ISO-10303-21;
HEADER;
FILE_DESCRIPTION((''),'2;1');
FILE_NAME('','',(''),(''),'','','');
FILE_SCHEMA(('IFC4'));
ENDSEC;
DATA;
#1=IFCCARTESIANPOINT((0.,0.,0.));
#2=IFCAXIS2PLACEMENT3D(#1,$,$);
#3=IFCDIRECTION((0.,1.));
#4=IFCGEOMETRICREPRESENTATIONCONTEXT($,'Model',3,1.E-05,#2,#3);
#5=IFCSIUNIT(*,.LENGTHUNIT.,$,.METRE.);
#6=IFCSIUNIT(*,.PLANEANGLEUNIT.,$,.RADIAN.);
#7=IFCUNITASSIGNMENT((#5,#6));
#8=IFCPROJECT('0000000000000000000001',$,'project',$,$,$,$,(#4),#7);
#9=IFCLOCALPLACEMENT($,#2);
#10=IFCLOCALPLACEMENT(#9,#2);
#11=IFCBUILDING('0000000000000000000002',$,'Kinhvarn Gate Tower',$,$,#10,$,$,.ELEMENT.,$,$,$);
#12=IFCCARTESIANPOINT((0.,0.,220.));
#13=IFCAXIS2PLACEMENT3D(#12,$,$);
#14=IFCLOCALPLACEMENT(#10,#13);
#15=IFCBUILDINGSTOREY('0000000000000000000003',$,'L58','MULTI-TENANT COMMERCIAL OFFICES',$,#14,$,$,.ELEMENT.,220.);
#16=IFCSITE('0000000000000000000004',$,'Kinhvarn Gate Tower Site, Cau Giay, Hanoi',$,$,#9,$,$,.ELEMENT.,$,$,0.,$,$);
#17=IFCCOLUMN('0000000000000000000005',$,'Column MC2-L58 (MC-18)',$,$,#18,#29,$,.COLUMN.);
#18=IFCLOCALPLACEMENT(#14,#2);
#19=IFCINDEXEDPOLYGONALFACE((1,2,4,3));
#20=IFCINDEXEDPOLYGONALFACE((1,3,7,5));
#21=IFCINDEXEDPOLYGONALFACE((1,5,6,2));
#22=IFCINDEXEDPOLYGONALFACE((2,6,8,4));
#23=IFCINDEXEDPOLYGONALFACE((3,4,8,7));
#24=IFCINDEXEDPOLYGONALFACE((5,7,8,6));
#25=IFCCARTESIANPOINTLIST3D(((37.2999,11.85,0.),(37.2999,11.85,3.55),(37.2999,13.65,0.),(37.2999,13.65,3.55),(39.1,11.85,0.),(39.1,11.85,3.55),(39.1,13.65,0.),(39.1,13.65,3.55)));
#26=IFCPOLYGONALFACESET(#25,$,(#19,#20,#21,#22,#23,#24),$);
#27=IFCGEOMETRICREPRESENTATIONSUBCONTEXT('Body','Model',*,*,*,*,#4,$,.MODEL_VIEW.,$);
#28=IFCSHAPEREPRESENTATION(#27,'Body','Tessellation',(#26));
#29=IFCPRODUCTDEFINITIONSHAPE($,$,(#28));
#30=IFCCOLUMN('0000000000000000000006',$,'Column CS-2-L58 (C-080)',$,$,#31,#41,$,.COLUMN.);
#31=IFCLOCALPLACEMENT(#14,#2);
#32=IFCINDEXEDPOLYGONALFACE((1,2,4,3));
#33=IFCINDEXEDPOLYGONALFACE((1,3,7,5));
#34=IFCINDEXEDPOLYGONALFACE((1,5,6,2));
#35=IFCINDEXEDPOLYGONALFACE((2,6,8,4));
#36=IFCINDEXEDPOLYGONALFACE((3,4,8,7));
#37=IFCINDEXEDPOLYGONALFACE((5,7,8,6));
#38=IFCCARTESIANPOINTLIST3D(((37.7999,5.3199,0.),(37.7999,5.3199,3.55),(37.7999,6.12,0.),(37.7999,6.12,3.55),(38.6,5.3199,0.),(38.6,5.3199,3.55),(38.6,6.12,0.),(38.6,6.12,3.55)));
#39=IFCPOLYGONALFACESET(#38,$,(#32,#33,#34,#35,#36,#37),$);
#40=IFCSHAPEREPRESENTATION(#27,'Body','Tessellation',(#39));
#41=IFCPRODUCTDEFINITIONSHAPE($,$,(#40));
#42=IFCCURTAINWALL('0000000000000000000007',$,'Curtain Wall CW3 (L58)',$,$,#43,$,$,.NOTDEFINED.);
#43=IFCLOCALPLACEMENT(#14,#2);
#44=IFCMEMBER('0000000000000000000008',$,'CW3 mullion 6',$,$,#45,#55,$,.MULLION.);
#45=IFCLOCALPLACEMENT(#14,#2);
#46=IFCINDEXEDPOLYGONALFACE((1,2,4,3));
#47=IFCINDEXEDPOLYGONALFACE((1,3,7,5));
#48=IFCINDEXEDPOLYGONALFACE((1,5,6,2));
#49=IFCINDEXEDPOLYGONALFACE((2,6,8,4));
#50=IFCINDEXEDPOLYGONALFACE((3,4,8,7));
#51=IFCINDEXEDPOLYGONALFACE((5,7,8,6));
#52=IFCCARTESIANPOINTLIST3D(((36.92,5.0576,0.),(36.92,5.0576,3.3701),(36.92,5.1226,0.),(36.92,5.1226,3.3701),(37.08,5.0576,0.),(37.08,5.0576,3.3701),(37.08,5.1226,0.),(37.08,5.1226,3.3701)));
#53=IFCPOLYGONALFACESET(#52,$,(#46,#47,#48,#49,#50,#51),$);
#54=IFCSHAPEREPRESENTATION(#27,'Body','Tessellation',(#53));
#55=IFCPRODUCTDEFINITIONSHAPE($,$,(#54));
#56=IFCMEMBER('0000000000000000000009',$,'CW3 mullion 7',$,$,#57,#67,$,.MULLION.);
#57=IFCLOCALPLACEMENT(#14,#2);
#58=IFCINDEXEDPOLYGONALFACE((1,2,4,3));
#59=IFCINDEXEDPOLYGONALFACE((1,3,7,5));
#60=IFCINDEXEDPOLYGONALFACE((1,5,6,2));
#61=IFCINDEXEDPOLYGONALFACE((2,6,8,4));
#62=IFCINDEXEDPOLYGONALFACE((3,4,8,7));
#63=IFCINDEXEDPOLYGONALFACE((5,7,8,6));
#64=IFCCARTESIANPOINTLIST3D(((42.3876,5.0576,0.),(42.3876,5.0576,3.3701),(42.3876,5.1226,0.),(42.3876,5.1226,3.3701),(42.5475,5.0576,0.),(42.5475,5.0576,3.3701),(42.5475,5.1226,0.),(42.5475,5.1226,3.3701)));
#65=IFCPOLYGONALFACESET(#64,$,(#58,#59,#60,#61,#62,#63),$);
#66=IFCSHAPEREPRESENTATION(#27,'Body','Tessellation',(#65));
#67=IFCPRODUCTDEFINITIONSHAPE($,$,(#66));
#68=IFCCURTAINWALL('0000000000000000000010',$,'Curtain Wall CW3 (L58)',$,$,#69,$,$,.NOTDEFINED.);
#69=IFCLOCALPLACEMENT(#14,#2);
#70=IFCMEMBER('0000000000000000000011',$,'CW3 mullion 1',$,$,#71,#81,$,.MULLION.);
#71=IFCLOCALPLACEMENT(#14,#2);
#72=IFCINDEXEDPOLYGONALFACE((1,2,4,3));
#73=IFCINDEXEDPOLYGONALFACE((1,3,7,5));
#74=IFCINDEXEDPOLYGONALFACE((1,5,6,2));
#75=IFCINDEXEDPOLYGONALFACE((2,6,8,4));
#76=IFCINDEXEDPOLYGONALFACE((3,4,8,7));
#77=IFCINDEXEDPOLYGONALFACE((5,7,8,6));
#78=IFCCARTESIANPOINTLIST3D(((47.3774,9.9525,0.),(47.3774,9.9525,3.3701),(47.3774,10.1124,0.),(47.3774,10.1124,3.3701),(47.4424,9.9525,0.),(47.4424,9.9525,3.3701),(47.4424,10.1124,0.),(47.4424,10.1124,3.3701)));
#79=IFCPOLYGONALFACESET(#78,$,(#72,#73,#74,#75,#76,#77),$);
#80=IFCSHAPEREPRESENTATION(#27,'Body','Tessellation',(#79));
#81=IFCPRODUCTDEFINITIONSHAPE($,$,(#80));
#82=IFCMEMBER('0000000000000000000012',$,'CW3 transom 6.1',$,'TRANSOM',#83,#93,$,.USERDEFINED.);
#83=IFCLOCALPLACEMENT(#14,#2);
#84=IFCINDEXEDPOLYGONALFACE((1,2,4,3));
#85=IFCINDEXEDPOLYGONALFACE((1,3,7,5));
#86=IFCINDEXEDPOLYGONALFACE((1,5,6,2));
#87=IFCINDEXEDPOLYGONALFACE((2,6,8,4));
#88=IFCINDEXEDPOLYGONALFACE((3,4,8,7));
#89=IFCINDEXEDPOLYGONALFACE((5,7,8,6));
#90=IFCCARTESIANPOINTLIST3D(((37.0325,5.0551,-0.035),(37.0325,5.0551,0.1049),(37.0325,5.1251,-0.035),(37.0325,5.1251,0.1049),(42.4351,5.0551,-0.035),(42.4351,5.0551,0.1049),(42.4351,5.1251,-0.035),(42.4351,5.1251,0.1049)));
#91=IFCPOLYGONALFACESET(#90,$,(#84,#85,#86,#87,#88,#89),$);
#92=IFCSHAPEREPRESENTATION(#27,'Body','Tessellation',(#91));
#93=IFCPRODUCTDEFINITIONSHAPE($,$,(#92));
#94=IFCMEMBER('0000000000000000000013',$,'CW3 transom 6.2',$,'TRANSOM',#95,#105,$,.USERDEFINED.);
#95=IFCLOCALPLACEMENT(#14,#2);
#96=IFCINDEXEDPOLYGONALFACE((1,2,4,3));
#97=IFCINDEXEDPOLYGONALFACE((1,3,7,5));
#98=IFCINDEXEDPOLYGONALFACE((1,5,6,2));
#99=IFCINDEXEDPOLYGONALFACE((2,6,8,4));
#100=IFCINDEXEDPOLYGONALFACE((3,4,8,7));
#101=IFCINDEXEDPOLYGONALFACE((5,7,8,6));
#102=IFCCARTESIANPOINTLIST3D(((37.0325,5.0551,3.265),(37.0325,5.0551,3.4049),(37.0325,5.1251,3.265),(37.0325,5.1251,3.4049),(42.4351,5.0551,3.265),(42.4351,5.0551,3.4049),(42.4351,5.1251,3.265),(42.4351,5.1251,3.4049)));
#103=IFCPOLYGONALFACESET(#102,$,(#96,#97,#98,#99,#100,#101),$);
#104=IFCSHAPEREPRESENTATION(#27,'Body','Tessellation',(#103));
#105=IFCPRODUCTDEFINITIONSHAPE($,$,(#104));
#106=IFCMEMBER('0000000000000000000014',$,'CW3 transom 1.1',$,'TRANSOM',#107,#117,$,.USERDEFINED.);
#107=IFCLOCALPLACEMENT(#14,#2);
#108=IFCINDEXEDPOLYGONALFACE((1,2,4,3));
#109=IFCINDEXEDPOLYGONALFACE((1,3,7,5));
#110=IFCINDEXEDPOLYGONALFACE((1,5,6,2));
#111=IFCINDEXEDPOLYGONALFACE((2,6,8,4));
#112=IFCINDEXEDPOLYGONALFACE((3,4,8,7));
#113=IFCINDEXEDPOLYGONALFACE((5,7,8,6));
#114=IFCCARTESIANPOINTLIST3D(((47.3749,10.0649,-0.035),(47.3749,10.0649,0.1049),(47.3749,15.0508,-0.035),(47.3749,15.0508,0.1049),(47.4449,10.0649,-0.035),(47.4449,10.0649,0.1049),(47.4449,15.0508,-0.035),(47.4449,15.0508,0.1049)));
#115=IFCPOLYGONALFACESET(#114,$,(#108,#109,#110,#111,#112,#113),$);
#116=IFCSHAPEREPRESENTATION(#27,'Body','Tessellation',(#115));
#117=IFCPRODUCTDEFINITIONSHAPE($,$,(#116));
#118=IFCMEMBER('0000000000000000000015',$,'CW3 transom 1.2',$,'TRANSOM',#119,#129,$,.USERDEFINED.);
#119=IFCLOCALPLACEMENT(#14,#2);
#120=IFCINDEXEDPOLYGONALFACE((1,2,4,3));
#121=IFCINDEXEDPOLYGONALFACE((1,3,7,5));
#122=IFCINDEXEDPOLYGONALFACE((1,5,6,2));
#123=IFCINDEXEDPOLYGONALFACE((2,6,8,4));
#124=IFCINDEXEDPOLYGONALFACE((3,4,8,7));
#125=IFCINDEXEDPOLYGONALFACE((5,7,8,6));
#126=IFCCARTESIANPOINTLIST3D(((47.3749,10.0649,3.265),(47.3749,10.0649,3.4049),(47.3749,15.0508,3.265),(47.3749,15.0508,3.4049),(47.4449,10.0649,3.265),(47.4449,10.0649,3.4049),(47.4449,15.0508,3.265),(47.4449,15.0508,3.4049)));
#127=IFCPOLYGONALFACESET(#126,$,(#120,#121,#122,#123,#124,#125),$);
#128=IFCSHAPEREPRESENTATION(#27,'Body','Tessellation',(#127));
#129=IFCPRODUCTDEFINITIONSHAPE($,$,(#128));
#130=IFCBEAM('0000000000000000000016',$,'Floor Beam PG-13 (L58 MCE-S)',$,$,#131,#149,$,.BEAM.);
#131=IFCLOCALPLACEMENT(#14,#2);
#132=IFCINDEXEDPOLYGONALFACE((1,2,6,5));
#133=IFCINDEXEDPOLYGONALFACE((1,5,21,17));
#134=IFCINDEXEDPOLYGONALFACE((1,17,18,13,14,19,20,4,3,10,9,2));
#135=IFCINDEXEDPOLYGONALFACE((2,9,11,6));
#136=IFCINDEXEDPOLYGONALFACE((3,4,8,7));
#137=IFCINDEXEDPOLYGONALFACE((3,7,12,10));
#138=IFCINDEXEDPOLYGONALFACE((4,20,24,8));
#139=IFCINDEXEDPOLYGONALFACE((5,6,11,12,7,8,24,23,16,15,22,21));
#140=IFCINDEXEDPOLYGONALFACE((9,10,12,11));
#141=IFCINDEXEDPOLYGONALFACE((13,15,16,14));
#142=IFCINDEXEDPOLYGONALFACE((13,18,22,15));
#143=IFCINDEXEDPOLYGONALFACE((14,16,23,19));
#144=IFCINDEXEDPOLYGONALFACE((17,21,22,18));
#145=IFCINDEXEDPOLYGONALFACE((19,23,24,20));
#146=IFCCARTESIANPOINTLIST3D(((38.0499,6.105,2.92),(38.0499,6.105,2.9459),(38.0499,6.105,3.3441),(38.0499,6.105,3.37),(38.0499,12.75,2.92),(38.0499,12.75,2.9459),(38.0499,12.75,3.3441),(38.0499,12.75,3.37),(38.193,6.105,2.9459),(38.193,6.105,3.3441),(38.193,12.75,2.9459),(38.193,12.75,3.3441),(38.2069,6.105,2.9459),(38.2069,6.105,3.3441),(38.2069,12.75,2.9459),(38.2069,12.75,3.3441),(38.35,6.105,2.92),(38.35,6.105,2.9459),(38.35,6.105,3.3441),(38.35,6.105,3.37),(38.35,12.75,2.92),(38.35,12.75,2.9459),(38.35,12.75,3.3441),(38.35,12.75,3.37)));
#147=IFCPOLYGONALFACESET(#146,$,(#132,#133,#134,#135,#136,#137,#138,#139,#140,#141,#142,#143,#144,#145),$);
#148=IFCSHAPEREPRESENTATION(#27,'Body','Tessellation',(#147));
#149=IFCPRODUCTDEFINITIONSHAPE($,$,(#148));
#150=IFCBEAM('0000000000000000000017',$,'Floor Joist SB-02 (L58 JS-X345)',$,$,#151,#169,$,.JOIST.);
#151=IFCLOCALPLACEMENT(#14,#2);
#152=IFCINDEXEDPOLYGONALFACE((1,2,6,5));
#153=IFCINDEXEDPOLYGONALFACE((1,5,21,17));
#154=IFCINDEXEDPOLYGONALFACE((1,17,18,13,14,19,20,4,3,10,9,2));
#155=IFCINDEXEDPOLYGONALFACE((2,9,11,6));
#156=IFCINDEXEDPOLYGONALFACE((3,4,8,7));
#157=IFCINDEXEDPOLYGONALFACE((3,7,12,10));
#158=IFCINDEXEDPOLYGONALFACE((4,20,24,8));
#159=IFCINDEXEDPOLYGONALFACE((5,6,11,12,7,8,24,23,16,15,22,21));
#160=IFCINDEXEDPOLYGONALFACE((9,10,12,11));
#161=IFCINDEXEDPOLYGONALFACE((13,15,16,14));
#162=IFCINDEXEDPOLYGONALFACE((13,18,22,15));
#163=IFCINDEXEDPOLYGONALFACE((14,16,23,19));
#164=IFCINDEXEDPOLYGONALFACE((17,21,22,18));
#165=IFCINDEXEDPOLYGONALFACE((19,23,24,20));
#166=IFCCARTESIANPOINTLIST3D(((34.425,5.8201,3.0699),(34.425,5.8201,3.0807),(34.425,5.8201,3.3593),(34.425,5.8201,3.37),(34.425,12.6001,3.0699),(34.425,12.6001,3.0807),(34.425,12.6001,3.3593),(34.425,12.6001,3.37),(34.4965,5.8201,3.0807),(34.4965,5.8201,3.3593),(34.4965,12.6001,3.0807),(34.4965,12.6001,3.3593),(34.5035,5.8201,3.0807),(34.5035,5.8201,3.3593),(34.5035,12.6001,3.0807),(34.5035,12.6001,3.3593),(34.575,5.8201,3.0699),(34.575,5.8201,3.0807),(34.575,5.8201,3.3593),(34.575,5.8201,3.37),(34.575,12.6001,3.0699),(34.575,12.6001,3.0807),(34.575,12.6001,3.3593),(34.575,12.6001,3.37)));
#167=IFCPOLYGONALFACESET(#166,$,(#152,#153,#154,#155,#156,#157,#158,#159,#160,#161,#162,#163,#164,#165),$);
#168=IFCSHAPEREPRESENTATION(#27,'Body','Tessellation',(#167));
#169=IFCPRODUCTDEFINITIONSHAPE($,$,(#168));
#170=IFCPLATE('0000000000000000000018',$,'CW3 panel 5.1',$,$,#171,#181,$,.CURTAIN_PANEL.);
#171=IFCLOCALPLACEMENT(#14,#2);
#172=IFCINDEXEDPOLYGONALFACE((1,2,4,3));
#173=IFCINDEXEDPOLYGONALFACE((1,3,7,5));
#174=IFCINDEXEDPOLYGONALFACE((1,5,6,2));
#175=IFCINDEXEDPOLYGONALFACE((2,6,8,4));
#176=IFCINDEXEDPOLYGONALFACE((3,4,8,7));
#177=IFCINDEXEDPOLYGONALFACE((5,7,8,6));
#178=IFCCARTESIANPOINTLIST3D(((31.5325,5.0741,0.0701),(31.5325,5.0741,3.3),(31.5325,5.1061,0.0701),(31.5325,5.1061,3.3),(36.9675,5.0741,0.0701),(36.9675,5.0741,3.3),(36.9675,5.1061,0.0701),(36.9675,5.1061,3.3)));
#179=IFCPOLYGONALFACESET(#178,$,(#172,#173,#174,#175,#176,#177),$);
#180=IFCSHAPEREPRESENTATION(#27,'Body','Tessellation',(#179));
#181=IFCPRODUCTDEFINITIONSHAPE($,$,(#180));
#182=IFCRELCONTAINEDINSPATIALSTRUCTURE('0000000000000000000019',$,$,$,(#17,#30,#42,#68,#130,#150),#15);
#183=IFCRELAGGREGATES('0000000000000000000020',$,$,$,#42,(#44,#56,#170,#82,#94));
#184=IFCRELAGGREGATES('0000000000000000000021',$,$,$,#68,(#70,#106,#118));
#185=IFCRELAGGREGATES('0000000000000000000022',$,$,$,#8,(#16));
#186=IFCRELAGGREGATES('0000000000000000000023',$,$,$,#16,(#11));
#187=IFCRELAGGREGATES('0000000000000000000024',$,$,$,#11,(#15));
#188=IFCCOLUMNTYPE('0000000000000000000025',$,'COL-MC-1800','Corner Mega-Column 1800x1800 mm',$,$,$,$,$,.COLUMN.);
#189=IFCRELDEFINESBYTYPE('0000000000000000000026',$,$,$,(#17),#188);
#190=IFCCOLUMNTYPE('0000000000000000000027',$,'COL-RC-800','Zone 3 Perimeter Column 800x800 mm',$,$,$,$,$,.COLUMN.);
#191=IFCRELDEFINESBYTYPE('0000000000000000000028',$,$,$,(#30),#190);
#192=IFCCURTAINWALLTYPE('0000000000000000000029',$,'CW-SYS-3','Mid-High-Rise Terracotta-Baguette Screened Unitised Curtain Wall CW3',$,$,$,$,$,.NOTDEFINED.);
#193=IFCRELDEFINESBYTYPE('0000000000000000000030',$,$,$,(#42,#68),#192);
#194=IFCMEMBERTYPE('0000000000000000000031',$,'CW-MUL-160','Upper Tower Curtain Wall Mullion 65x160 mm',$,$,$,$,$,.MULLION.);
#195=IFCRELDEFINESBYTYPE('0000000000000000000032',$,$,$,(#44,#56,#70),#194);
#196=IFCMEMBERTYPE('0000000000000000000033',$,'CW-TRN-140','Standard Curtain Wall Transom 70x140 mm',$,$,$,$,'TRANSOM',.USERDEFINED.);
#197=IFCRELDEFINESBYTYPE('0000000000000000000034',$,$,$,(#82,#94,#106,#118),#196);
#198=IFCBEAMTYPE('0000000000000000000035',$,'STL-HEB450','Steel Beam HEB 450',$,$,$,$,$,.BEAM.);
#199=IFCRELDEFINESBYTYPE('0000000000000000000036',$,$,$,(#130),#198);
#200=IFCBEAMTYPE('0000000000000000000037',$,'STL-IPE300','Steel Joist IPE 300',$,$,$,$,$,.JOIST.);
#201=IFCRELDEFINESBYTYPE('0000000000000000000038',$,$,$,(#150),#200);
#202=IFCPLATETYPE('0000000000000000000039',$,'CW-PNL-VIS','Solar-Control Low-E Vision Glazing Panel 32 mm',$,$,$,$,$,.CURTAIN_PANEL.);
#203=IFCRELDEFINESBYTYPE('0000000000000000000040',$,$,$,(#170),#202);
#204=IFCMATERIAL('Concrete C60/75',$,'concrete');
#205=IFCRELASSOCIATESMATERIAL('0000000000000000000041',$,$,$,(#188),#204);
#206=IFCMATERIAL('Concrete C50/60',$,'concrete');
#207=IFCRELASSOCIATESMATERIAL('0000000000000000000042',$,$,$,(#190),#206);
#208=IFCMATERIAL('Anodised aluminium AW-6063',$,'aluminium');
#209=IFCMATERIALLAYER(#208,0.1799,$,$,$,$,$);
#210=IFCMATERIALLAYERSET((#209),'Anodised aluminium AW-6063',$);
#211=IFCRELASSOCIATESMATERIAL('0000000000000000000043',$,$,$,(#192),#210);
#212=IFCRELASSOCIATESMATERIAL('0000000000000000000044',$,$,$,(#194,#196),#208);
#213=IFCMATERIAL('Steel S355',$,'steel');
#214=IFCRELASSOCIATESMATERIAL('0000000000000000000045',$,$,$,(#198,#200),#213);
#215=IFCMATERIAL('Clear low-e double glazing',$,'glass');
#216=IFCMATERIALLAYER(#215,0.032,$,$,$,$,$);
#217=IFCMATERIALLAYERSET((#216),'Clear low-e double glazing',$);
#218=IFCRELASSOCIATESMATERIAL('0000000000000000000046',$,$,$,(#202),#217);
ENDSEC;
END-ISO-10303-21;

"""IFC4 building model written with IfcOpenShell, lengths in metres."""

from ifc_helpers import new_model, si_unit, direction, frame, origin, origin_2d, place, context, subcontext, project, spatial, rectangle, i_section, extrude, material, layer, layer_set, material_profile, profile_set, type_object, element, aggregate, save


model = new_model("IFC4")

# Units and contexts
model_context = context("Model", 3, precision=1e-05, world=origin(), true_north=direction((0.0, 1.0)))
body_context = subcontext(model_context, "Body", "Model", "MODEL_VIEW")
ifc_project = project(units=[si_unit("LENGTHUNIT", "METRE"), si_unit("PLANEANGLEUNIT", "RADIAN")], contexts=[model_context])

# Site, building, storey
site_placement = place(None, origin())
site = spatial("IfcSite", under=ifc_project, at=site_placement, Name="Kinhvarn Gate Tower Site, Cau Giay, Hanoi", CompositionType="ELEMENT", RefElevation=0.0)
building_placement = place(site_placement, origin())
building = spatial("IfcBuilding", under=site, at=building_placement, Name="Kinhvarn Gate Tower", CompositionType="ELEMENT")
storey_placement = place(building_placement, frame((0.0, 0.0, 220.0)))
storey = spatial("IfcBuildingStorey", under=building, at=storey_placement, Name="L58", Description="MULTI-TENANT COMMERCIAL OFFICES", CompositionType="ELEMENT", Elevation=220.0)

# Columns
ifc_material_1 = material(Name="Concrete C60/75", Category="concrete")
ifc_material_profile_1 = material_profile(ifc_material_1, rectangle(XDim=1.8, YDim=1.8, at=origin_2d()), Name="RC 1800x1800")
ifc_profile_set_1 = profile_set([ifc_material_profile_1], Name="Concrete C60/75")
column_type_1 = type_object("IfcColumnType", Name="COL-MC-1800", Description="Corner Mega-Column 1800x1800 mm", PredefinedType="COLUMN", material=ifc_profile_set_1)
column_1_placement = place(storey_placement, frame((38.2, 12.75, 0.0), z_axis=(0.0, 0.0, 1.0), x_axis=(1.0, 0.0, 0.0)))
element("IfcColumn", 1, at=column_1_placement, inside=storey, type_object=column_type_1, Name="Column MC2-L58 (MC-18)", PredefinedType="COLUMN", context=body_context, shape_type="SweptSolid", body=[
    extrude(rectangle(XDim=1.8, YDim=1.8, at=origin_2d()), origin(), (0.0, 0.0, 1.0), 3.55),
])
ifc_material_2 = material(Name="Concrete C50/60", Category="concrete")
ifc_material_profile_2 = material_profile(ifc_material_2, rectangle(XDim=0.8, YDim=0.8, at=origin_2d()), Name="RC 800x800")
ifc_profile_set_2 = profile_set([ifc_material_profile_2], Name="Concrete C50/60")
column_type_2 = type_object("IfcColumnType", Name="COL-RC-800", Description="Zone 3 Perimeter Column 800x800 mm", PredefinedType="COLUMN", material=ifc_profile_set_2)
column_2_placement = place(storey_placement, frame((38.2, 5.72, 0.0), z_axis=(0.0, 0.0, 1.0), x_axis=(1.0, 0.0, 0.0)))
element("IfcColumn", 2, at=column_2_placement, inside=storey, type_object=column_type_2, Name="Column CS-2-L58 (C-080)", PredefinedType="COLUMN", context=body_context, shape_type="SweptSolid", body=[
    extrude(rectangle(XDim=0.8, YDim=0.8, at=origin_2d()), origin(), (0.0, 0.0, 1.0), 3.55),
])

# Curtain wall, members
ifc_material_3 = material(Name="Anodised aluminium AW-6063", Category="aluminium")
ifc_layer_1 = layer(ifc_material_3, 0.1799)
ifc_layer_set_1 = layer_set([ifc_layer_1], Name="Anodised aluminium AW-6063")
curtain_wall_type = type_object("IfcCurtainWallType", Name="CW-SYS-3", Description="Mid-High-Rise Terracotta-Baguette Screened Unitised Curtain Wall CW3", PredefinedType="NOTDEFINED", material=ifc_layer_set_1)
curtain_wall_1_placement = place(storey_placement, origin())
curtain_wall_1 = element("IfcCurtainWall", 3, at=curtain_wall_1_placement, inside=storey, type_object=curtain_wall_type, Name="Curtain Wall CW3 (L58)", PredefinedType="NOTDEFINED")
ifc_material_profile_3 = material_profile(ifc_material_3, rectangle(XDim=0.0649, YDim=0.1599, at=origin_2d()), Name="ALU 65x160")
ifc_profile_set_3 = profile_set([ifc_material_profile_3], Name="Anodised aluminium AW-6063")
member_type_1 = type_object("IfcMemberType", Name="CW-MUL-160", Description="Upper Tower Curtain Wall Mullion 65x160 mm", PredefinedType="MULLION", material=ifc_profile_set_3)
member_1_placement = place(storey_placement, frame((37.0, 5.0901, 0.0), z_axis=(0.0, 0.0, 1.0), x_axis=(0.0, 1.0, 0.0)))
member_1 = element("IfcMember", 4, at=member_1_placement, type_object=member_type_1, Name="CW3 mullion 6", PredefinedType="MULLION", context=body_context, shape_type="SweptSolid", body=[
    extrude(rectangle(XDim=0.0649, YDim=0.1599, at=origin_2d()), origin(), (0.0, 0.0, 1.0), 3.3701),
])
member_2_placement = place(storey_placement, frame((42.4675, 5.0901, 0.0), z_axis=(0.0, 0.0, 1.0), x_axis=(0.0, 1.0, 0.0)))
member_2 = element("IfcMember", 5, at=member_2_placement, type_object=member_type_1, Name="CW3 mullion 7", PredefinedType="MULLION", context=body_context, shape_type="SweptSolid", body=[
    extrude(rectangle(XDim=0.0649, YDim=0.1599, at=origin_2d()), origin(), (0.0, 0.0, 1.0), 3.3701),
])

# Curtain wall, member
curtain_wall_2_placement = place(storey_placement, origin())
curtain_wall_2 = element("IfcCurtainWall", 6, at=curtain_wall_2_placement, inside=storey, type_object=curtain_wall_type, Name="Curtain Wall CW3 (L58)", PredefinedType="NOTDEFINED")
member_3_placement = place(storey_placement, frame((47.4099, 10.0325, 0.0), z_axis=(0.0, 0.0, 1.0), x_axis=(-1.0, 0.0, 0.0)))
member_3 = element("IfcMember", 7, at=member_3_placement, type_object=member_type_1, Name="CW3 mullion 1", PredefinedType="MULLION", context=body_context, shape_type="SweptSolid", body=[
    extrude(rectangle(XDim=0.0649, YDim=0.1599, at=origin_2d()), origin(), (0.0, 0.0, 1.0), 3.3701),
])

# Members
ifc_material_profile_4 = material_profile(ifc_material_3, rectangle(XDim=0.0701, YDim=0.1399, at=origin_2d()), Name="ALU 70x140")
ifc_profile_set_4 = profile_set([ifc_material_profile_4], Name="Anodised aluminium AW-6063")
member_type_2 = type_object("IfcMemberType", Name="CW-TRN-140", Description="Standard Curtain Wall Transom 70x140 mm", ElementType="TRANSOM", PredefinedType="USERDEFINED", material=ifc_profile_set_4)
member_4_placement = place(storey_placement, frame((37.0325, 5.0901, 0.0349), z_axis=(1.0, 0.0, 0.0), x_axis=(0.0, 1.0, 0.0)))
member_4 = element("IfcMember", 8, at=member_4_placement, type_object=member_type_2, Name="CW3 transom 6.1", ObjectType="TRANSOM", PredefinedType="USERDEFINED", context=body_context, shape_type="SweptSolid", body=[
    extrude(rectangle(XDim=0.0701, YDim=0.1399, at=origin_2d()), origin(), (0.0, 0.0, 1.0), 5.4026),
])
member_5_placement = place(storey_placement, frame((37.0325, 5.0901, 3.335), z_axis=(1.0, 0.0, 0.0), x_axis=(0.0, 1.0, 0.0)))
member_5 = element("IfcMember", 9, at=member_5_placement, type_object=member_type_2, Name="CW3 transom 6.2", ObjectType="TRANSOM", PredefinedType="USERDEFINED", context=body_context, shape_type="SweptSolid", body=[
    extrude(rectangle(XDim=0.0701, YDim=0.1399, at=origin_2d()), origin(), (0.0, 0.0, 1.0), 5.4026),
])
member_6_placement = place(storey_placement, frame((47.4099, 10.0649, 0.0349), z_axis=(0.0, 1.0, 0.0), x_axis=(-1.0, 0.0, 0.0)))
member_6 = element("IfcMember", 10, at=member_6_placement, type_object=member_type_2, Name="CW3 transom 1.1", ObjectType="TRANSOM", PredefinedType="USERDEFINED", context=body_context, shape_type="SweptSolid", body=[
    extrude(rectangle(XDim=0.0701, YDim=0.1399, at=origin_2d()), origin(), (0.0, 0.0, 1.0), 4.9858),
])
member_7_placement = place(storey_placement, frame((47.4099, 10.0649, 3.335), z_axis=(0.0, 1.0, 0.0), x_axis=(-1.0, 0.0, 0.0)))
member_7 = element("IfcMember", 11, at=member_7_placement, type_object=member_type_2, Name="CW3 transom 1.2", ObjectType="TRANSOM", PredefinedType="USERDEFINED", context=body_context, shape_type="SweptSolid", body=[
    extrude(rectangle(XDim=0.0701, YDim=0.1399, at=origin_2d()), origin(), (0.0, 0.0, 1.0), 4.9858),
])

# Beams
ifc_material_4 = material(Name="Steel S355", Category="steel")
ifc_material_profile_5 = material_profile(ifc_material_4, i_section(OverallWidth=0.3, OverallDepth=0.45, WebThickness=0.0139, FlangeThickness=0.0259, at=origin_2d()), Name="HEB 450")
ifc_profile_set_5 = profile_set([ifc_material_profile_5], Name="Steel S355")
beam_type_1 = type_object("IfcBeamType", Name="STL-HEB450", Description="Steel Beam HEB 450", PredefinedType="BEAM", material=ifc_profile_set_5)
beam_1_placement = place(storey_placement, frame((38.2, 6.105, 3.145), z_axis=(0.0, 1.0, 0.0), x_axis=(-1.0, 0.0, 0.0)))
element("IfcBeam", 12, at=beam_1_placement, inside=storey, type_object=beam_type_1, Name="Floor Beam PG-13 (L58 MCE-S)", PredefinedType="BEAM", context=body_context, shape_type="SweptSolid", body=[
    extrude(i_section(OverallWidth=0.3, OverallDepth=0.45, WebThickness=0.0139, FlangeThickness=0.0259, at=origin_2d()), origin(), (0.0, 0.0, 1.0), 6.645),
])
ifc_material_profile_6 = material_profile(ifc_material_4, i_section(OverallWidth=0.1499, OverallDepth=0.3, WebThickness=0.0071, FlangeThickness=0.0107, at=origin_2d()), Name="IPE 300")
ifc_profile_set_6 = profile_set([ifc_material_profile_6], Name="Steel S355")
beam_type_2 = type_object("IfcBeamType", Name="STL-IPE300", Description="Steel Joist IPE 300", PredefinedType="JOIST", material=ifc_profile_set_6)
beam_2_placement = place(storey_placement, frame((34.5, 5.8201, 3.22), z_axis=(0.0, 1.0, 0.0), x_axis=(-1.0, 0.0, 0.0)))
element("IfcBeam", 13, at=beam_2_placement, inside=storey, type_object=beam_type_2, Name="Floor Joist SB-02 (L58 JS-X345)", PredefinedType="JOIST", context=body_context, shape_type="SweptSolid", body=[
    extrude(i_section(OverallWidth=0.1499, OverallDepth=0.3, WebThickness=0.0071, FlangeThickness=0.0107, at=origin_2d()), origin(), (0.0, 0.0, 1.0), 6.78),
])

# Plate
ifc_material_5 = material(Name="Clear low-e double glazing", Category="glass")
ifc_layer_2 = layer(ifc_material_5, 0.032)
ifc_layer_set_2 = layer_set([ifc_layer_2], Name="Clear low-e double glazing")
plate_type = type_object("IfcPlateType", Name="CW-PNL-VIS", Description="Solar-Control Low-E Vision Glazing Panel 32 mm", PredefinedType="CURTAIN_PANEL", material=ifc_layer_set_2)
plate_1_placement = place(storey_placement, frame((34.25, 5.0901, 0.0701), z_axis=(0.0, 0.0, 1.0), x_axis=(1.0, 0.0, 0.0)))
plate_1 = element("IfcPlate", 14, at=plate_1_placement, type_object=plate_type, Name="CW3 panel 5.1", PredefinedType="CURTAIN_PANEL", context=body_context, shape_type="SweptSolid", body=[
    extrude(rectangle(XDim=5.4351, YDim=0.032, at=origin_2d()), origin(), (0.0, 0.0, 1.0), 3.23),
])
aggregate(curtain_wall_1, [member_1, member_2, plate_1, member_4, member_5])
aggregate(curtain_wall_2, [member_3, member_6, member_7])

save(model, "model.ifc")
